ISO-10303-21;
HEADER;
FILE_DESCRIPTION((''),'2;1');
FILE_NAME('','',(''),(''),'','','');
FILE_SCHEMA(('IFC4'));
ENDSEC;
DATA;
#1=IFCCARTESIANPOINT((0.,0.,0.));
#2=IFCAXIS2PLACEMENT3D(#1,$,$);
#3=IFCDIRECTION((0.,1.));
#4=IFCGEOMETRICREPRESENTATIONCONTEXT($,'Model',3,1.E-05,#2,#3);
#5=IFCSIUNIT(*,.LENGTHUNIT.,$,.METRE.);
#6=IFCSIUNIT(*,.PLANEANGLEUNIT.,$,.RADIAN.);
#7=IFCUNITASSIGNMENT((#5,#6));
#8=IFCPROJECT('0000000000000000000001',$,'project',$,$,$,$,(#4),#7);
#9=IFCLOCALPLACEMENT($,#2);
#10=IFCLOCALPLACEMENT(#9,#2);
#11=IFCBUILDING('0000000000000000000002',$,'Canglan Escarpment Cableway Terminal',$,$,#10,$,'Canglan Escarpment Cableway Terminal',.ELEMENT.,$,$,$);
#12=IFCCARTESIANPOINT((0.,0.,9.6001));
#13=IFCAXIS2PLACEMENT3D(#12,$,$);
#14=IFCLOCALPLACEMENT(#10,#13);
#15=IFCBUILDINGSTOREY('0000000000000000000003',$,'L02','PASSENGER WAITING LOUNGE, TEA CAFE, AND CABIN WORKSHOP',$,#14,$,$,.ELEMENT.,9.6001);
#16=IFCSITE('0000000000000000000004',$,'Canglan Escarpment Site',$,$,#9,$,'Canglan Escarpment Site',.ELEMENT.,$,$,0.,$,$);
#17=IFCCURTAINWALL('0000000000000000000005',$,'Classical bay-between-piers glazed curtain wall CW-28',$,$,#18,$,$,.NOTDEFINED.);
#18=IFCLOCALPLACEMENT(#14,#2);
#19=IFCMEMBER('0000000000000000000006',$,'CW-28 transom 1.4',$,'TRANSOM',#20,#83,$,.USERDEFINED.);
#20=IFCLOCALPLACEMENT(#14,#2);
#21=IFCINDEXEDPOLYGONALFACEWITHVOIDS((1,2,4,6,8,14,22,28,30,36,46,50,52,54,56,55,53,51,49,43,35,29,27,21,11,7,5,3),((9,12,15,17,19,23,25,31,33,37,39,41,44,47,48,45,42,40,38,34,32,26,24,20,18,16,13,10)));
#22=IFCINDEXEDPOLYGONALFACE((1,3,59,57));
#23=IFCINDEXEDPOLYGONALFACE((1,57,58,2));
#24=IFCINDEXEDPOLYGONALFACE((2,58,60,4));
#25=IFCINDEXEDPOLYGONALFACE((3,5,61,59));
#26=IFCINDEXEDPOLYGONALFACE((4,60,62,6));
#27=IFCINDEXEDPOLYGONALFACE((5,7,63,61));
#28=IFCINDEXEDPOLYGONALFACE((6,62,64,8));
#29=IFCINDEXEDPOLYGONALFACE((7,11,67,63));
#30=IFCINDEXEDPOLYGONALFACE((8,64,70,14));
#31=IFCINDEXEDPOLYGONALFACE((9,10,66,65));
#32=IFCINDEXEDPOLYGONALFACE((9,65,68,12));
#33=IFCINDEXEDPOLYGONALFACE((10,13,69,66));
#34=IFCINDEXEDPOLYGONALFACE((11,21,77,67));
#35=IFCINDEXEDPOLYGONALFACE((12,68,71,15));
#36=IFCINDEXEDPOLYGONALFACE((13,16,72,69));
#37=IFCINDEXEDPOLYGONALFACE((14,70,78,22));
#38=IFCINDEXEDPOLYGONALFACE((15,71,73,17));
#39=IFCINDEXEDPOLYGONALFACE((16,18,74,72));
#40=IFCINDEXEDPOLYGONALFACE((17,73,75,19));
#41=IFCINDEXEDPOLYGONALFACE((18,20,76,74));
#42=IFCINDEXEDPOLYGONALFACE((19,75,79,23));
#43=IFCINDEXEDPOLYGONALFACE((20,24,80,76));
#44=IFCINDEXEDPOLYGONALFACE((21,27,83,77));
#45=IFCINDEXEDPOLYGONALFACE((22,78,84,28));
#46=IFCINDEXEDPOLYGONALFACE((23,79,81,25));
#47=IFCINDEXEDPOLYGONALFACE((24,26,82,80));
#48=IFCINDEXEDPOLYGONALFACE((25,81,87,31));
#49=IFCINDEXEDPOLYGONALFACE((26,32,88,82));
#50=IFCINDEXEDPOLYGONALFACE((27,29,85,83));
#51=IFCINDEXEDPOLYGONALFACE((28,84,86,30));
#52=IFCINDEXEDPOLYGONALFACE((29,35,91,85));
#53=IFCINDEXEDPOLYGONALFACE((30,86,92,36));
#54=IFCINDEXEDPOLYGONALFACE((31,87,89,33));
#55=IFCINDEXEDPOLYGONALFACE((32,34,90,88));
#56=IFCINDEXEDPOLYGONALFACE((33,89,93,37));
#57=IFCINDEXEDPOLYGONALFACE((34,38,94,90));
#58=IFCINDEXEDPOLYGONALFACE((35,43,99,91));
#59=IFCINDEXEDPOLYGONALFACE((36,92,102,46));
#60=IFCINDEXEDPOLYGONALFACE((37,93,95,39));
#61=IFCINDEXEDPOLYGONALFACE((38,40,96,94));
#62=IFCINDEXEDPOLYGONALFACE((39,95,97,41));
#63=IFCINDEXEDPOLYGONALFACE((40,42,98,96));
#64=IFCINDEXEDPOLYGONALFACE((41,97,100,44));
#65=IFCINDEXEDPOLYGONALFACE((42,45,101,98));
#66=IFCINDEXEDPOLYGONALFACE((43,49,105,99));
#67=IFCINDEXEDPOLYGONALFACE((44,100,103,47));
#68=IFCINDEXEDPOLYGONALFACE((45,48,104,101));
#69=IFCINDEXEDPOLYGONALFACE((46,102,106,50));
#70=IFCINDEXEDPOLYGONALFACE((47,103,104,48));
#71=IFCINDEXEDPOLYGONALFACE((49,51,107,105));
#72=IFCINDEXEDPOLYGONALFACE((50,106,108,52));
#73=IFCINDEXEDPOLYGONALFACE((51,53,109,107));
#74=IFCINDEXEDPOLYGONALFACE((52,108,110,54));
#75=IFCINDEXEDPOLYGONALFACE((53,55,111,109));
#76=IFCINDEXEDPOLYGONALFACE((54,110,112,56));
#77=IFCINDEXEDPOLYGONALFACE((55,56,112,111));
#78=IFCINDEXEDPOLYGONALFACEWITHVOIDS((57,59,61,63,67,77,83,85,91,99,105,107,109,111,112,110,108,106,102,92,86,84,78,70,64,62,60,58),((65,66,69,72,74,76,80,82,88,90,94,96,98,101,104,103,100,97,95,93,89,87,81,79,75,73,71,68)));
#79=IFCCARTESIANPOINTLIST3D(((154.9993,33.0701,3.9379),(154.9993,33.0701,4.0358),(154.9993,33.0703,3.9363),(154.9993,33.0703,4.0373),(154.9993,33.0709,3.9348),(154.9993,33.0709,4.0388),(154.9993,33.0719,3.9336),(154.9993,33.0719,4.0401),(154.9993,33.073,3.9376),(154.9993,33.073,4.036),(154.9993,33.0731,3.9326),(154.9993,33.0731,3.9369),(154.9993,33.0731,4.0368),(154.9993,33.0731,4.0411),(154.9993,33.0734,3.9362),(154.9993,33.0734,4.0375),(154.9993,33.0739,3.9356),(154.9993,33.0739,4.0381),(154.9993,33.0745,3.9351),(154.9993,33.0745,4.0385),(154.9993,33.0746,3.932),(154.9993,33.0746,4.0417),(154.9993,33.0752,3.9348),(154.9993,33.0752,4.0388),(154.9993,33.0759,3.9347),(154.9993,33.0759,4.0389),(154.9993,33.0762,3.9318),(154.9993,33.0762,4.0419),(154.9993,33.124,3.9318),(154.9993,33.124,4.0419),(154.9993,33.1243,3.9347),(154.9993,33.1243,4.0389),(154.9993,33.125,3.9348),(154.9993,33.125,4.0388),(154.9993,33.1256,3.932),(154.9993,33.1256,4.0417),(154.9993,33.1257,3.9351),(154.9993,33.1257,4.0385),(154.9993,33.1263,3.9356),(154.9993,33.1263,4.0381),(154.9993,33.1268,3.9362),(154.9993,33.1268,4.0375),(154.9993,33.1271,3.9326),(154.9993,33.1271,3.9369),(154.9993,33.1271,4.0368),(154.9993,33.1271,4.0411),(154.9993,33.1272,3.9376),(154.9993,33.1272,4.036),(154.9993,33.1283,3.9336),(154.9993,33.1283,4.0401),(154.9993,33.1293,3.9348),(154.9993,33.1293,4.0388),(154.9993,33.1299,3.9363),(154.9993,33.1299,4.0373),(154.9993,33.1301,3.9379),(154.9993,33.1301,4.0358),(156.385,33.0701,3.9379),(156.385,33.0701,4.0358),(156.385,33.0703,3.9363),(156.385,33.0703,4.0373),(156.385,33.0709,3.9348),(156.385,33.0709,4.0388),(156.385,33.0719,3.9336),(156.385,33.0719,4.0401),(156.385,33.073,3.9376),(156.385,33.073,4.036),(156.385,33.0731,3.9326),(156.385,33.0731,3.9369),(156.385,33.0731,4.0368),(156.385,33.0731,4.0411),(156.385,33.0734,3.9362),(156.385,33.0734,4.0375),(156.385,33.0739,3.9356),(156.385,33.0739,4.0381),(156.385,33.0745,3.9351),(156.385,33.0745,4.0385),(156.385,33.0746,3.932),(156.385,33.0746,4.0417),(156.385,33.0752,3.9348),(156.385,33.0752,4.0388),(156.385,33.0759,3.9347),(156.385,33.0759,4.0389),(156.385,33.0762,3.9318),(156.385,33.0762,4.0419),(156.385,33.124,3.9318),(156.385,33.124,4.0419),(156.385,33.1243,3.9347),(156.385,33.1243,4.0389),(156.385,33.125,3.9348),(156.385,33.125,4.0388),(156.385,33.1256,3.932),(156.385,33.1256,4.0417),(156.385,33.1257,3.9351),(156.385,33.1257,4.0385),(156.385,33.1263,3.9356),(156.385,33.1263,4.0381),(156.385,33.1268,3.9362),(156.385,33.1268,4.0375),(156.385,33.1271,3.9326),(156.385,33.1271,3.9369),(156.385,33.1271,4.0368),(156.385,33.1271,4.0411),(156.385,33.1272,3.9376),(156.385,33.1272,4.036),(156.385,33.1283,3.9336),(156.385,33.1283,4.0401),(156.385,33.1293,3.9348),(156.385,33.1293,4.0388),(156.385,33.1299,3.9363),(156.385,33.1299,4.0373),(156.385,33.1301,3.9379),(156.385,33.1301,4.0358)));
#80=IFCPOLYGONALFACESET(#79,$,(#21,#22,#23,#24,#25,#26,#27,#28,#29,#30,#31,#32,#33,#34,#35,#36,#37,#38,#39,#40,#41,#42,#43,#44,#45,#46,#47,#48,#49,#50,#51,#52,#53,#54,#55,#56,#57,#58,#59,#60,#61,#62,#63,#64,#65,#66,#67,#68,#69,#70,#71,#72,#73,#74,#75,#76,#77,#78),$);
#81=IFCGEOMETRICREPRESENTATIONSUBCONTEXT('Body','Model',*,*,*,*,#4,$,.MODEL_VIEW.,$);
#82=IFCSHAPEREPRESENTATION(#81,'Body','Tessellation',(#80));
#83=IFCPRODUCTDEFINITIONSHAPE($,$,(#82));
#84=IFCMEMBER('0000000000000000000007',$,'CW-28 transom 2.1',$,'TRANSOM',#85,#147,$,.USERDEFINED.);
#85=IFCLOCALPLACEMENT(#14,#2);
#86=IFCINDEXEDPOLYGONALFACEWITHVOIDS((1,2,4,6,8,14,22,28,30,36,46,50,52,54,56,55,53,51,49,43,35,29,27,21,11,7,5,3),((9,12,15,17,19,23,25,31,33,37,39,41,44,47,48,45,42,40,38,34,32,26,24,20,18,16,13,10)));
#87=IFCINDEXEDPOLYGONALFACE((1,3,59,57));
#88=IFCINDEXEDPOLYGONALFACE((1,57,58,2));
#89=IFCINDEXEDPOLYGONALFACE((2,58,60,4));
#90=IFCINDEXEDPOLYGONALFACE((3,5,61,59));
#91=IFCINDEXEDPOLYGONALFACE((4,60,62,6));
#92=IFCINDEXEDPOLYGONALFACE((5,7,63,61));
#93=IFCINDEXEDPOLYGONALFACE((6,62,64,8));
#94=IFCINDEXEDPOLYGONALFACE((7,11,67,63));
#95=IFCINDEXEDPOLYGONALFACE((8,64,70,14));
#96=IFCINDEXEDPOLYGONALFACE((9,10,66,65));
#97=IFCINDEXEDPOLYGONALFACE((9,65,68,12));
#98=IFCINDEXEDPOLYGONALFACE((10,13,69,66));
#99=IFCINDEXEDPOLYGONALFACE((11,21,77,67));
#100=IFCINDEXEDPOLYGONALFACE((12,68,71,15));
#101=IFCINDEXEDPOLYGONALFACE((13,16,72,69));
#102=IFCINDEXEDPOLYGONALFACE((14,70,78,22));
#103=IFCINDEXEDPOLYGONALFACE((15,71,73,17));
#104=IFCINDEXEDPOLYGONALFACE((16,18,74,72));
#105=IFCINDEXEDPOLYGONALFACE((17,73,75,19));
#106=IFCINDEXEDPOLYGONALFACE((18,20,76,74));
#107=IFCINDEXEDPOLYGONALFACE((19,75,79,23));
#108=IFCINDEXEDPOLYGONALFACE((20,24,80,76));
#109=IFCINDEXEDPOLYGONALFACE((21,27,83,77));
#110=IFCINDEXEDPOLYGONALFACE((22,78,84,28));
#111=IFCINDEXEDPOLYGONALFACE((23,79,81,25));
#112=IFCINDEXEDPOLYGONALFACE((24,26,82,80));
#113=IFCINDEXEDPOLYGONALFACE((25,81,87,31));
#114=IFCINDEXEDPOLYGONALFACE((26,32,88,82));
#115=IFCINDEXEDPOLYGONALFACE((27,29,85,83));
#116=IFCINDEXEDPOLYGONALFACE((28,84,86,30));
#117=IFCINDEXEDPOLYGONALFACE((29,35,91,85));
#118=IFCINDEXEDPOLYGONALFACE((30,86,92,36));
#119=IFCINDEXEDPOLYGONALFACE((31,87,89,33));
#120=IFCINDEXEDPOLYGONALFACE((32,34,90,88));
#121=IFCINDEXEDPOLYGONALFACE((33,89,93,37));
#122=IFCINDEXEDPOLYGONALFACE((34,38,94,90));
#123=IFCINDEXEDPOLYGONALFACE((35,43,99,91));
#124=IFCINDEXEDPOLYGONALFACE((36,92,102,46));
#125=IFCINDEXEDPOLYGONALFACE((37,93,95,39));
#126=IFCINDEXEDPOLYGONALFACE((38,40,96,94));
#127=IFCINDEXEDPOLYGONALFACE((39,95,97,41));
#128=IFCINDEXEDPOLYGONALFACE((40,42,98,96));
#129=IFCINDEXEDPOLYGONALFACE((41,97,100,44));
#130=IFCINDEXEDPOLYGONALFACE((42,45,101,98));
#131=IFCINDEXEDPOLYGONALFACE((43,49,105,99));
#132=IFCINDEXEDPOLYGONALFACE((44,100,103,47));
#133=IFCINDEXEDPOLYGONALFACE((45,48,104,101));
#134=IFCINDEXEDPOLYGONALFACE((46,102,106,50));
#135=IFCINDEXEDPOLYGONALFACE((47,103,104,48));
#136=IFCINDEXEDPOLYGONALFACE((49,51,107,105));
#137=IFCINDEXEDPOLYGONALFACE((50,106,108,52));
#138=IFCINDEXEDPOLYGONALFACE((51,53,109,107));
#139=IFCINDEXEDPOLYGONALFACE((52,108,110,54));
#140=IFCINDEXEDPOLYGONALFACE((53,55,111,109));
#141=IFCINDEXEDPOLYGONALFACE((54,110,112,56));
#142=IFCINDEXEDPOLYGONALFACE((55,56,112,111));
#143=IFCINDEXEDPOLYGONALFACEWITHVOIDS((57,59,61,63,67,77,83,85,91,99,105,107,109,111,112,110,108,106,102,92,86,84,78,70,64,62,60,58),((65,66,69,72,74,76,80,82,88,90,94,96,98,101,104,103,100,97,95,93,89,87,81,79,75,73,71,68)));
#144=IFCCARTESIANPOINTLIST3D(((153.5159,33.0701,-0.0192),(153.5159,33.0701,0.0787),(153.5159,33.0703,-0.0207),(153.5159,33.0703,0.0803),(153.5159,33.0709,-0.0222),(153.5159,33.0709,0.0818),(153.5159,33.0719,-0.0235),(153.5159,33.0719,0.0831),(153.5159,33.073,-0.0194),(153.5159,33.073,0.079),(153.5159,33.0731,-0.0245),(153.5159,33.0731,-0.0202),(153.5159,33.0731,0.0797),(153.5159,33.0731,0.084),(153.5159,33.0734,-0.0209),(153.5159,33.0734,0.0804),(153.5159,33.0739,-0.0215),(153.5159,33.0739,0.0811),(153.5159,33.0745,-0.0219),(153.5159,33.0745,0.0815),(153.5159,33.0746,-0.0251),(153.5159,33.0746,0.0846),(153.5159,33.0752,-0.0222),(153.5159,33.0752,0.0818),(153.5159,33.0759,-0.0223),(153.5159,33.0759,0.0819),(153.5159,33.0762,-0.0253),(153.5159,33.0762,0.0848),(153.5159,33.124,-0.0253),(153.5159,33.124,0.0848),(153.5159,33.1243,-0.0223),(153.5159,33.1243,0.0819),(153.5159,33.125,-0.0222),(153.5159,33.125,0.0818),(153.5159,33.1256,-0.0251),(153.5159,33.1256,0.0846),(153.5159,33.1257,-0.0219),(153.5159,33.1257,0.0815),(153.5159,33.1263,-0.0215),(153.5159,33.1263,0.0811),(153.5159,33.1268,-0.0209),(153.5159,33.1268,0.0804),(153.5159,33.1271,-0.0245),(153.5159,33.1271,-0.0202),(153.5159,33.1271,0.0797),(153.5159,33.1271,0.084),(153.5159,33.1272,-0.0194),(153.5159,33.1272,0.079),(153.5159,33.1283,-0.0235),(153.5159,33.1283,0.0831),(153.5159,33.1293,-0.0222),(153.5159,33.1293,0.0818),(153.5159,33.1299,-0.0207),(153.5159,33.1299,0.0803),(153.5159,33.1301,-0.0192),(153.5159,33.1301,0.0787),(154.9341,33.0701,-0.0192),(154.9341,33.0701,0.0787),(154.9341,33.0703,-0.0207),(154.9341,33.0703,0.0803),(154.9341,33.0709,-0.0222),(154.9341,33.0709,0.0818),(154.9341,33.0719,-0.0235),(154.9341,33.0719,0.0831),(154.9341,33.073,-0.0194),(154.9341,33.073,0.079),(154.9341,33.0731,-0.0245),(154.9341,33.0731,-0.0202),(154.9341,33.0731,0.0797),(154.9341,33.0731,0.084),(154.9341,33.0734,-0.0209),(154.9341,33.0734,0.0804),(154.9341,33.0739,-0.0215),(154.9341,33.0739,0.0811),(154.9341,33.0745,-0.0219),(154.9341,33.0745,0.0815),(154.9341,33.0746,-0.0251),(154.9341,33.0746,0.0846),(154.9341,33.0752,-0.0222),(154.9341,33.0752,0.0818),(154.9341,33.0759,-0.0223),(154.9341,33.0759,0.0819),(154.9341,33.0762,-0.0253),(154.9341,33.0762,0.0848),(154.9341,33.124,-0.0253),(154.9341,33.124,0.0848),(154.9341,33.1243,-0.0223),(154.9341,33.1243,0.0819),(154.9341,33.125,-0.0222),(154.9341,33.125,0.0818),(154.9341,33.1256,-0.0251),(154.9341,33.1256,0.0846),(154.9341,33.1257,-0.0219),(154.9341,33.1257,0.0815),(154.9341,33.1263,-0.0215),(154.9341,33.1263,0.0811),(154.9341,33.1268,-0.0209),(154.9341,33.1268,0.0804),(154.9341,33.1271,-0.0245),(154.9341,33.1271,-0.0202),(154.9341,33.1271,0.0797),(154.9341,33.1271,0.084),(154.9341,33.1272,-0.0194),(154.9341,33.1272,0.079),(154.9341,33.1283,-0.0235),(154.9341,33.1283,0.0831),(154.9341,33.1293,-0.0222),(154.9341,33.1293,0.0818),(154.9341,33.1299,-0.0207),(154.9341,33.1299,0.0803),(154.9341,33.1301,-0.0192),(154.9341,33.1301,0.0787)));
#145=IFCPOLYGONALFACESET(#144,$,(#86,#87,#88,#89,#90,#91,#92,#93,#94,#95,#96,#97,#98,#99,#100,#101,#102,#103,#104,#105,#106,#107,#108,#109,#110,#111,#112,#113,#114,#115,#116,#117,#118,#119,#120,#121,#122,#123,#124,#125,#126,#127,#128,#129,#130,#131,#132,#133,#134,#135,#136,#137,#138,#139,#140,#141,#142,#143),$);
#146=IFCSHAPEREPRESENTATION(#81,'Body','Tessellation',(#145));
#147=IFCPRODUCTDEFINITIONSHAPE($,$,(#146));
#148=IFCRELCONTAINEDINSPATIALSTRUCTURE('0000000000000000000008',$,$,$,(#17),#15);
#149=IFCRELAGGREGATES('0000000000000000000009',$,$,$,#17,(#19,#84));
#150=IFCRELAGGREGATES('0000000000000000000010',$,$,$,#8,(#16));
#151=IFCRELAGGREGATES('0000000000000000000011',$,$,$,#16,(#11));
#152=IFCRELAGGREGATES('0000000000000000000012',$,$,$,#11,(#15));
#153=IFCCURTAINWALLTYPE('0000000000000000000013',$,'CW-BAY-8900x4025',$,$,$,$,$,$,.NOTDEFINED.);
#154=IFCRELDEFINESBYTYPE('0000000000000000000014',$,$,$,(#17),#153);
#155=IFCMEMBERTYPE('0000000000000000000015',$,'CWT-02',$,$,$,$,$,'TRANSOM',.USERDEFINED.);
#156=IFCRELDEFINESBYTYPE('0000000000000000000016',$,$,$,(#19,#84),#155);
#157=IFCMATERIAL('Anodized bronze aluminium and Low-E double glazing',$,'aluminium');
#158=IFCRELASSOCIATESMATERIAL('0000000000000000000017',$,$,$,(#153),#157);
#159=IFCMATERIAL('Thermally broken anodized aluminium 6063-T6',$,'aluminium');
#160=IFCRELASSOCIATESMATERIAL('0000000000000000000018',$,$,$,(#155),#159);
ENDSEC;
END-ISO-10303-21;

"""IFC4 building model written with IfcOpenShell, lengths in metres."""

from ifc_helpers import new_model, si_unit, direction, frame, origin, origin_2d, place, context, subcontext, project, spatial, hollow_rectangle, extrude, material, material_profile, profile_set, type_object, element, aggregate, save


model = new_model("IFC4")

# Units and contexts
model_context = context("Model", 3, precision=1e-05, world=origin(), true_north=direction((0.0, 1.0)))
body_context = subcontext(model_context, "Body", "Model", "MODEL_VIEW")
ifc_project = project(units=[si_unit("LENGTHUNIT", "METRE"), si_unit("PLANEANGLEUNIT", "RADIAN")], contexts=[model_context])

# Site, building, storey
site_placement = place(None, origin())
site = spatial("IfcSite", under=ifc_project, at=site_placement, Name="Canglan Escarpment Site", LongName="Canglan Escarpment Site", CompositionType="ELEMENT", RefElevation=0.0)
building_placement = place(site_placement, origin())
building = spatial("IfcBuilding", under=site, at=building_placement, Name="Canglan Escarpment Cableway Terminal", LongName="Canglan Escarpment Cableway Terminal", CompositionType="ELEMENT")
storey_placement = place(building_placement, frame((0.0, 0.0, 9.6001)))
storey = spatial("IfcBuildingStorey", under=building, at=storey_placement, Name="L02", Description="PASSENGER WAITING LOUNGE, TEA CAFE, AND CABIN WORKSHOP", CompositionType="ELEMENT", Elevation=9.6001)

# Curtain wall
ifc_material_1 = material(Name="Anodized bronze aluminium and Low-E double glazing", Category="aluminium")
curtain_wall_type = type_object("IfcCurtainWallType", Name="CW-BAY-8900x4025", PredefinedType="NOTDEFINED", material=ifc_material_1)
curtain_wall_1_placement = place(storey_placement, origin())
curtain_wall_1 = element("IfcCurtainWall", 1, at=curtain_wall_1_placement, inside=storey, type_object=curtain_wall_type, Name="Classical bay-between-piers glazed curtain wall CW-28", PredefinedType="NOTDEFINED")
ifc_material_2 = material(Name="Thermally broken anodized aluminium 6063-T6", Category="aluminium")

# Members
ifc_material_profile_1 = material_profile(ifc_material_2, hollow_rectangle(XDim=0.0601, YDim=0.1101, WallThickness=0.0029, InnerFilletRadius=0.0029, OuterFilletRadius=0.0061, at=origin_2d()), Name="ALU-TRAN 60x110x3")
ifc_profile_set_1 = profile_set([ifc_material_profile_1], Name="Thermally broken anodized aluminium 6063-T6")
member_type_1 = type_object("IfcMemberType", Name="CWT-02", ElementType="TRANSOM", PredefinedType="USERDEFINED", material=ifc_profile_set_1)
member_1_placement = place(storey_placement, frame((156.385, 33.1001, 3.9868), z_axis=(-1.0, 0.0, 0.0), x_axis=(0.0, -1.0, 0.0)))
member_1 = element("IfcMember", 2, at=member_1_placement, type_object=member_type_1, Name="CW-28 transom 1.4", ObjectType="TRANSOM", PredefinedType="USERDEFINED", context=body_context, shape_type="SweptSolid", body=[
    extrude(hollow_rectangle(XDim=0.0601, YDim=0.1101, WallThickness=0.0029, InnerFilletRadius=0.0029, OuterFilletRadius=0.0061, at=origin_2d()), origin(), (0.0, 0.0, 1.0), 1.3857),
])
member_2_placement = place(storey_placement, frame((154.9341, 33.1001, 0.0298), z_axis=(-1.0, 0.0, 0.0), x_axis=(0.0, -1.0, 0.0)))
member_2 = element("IfcMember", 3, at=member_2_placement, type_object=member_type_1, Name="CW-28 transom 2.1", ObjectType="TRANSOM", PredefinedType="USERDEFINED", context=body_context, shape_type="SweptSolid", body=[
    extrude(hollow_rectangle(XDim=0.0601, YDim=0.1101, WallThickness=0.0029, InnerFilletRadius=0.0029, OuterFilletRadius=0.0061, at=origin_2d()), origin(), (0.0, 0.0, 1.0), 1.4182),
])

aggregate(curtain_wall_1, [member_1, member_2])

save(model, "model.ifc")
